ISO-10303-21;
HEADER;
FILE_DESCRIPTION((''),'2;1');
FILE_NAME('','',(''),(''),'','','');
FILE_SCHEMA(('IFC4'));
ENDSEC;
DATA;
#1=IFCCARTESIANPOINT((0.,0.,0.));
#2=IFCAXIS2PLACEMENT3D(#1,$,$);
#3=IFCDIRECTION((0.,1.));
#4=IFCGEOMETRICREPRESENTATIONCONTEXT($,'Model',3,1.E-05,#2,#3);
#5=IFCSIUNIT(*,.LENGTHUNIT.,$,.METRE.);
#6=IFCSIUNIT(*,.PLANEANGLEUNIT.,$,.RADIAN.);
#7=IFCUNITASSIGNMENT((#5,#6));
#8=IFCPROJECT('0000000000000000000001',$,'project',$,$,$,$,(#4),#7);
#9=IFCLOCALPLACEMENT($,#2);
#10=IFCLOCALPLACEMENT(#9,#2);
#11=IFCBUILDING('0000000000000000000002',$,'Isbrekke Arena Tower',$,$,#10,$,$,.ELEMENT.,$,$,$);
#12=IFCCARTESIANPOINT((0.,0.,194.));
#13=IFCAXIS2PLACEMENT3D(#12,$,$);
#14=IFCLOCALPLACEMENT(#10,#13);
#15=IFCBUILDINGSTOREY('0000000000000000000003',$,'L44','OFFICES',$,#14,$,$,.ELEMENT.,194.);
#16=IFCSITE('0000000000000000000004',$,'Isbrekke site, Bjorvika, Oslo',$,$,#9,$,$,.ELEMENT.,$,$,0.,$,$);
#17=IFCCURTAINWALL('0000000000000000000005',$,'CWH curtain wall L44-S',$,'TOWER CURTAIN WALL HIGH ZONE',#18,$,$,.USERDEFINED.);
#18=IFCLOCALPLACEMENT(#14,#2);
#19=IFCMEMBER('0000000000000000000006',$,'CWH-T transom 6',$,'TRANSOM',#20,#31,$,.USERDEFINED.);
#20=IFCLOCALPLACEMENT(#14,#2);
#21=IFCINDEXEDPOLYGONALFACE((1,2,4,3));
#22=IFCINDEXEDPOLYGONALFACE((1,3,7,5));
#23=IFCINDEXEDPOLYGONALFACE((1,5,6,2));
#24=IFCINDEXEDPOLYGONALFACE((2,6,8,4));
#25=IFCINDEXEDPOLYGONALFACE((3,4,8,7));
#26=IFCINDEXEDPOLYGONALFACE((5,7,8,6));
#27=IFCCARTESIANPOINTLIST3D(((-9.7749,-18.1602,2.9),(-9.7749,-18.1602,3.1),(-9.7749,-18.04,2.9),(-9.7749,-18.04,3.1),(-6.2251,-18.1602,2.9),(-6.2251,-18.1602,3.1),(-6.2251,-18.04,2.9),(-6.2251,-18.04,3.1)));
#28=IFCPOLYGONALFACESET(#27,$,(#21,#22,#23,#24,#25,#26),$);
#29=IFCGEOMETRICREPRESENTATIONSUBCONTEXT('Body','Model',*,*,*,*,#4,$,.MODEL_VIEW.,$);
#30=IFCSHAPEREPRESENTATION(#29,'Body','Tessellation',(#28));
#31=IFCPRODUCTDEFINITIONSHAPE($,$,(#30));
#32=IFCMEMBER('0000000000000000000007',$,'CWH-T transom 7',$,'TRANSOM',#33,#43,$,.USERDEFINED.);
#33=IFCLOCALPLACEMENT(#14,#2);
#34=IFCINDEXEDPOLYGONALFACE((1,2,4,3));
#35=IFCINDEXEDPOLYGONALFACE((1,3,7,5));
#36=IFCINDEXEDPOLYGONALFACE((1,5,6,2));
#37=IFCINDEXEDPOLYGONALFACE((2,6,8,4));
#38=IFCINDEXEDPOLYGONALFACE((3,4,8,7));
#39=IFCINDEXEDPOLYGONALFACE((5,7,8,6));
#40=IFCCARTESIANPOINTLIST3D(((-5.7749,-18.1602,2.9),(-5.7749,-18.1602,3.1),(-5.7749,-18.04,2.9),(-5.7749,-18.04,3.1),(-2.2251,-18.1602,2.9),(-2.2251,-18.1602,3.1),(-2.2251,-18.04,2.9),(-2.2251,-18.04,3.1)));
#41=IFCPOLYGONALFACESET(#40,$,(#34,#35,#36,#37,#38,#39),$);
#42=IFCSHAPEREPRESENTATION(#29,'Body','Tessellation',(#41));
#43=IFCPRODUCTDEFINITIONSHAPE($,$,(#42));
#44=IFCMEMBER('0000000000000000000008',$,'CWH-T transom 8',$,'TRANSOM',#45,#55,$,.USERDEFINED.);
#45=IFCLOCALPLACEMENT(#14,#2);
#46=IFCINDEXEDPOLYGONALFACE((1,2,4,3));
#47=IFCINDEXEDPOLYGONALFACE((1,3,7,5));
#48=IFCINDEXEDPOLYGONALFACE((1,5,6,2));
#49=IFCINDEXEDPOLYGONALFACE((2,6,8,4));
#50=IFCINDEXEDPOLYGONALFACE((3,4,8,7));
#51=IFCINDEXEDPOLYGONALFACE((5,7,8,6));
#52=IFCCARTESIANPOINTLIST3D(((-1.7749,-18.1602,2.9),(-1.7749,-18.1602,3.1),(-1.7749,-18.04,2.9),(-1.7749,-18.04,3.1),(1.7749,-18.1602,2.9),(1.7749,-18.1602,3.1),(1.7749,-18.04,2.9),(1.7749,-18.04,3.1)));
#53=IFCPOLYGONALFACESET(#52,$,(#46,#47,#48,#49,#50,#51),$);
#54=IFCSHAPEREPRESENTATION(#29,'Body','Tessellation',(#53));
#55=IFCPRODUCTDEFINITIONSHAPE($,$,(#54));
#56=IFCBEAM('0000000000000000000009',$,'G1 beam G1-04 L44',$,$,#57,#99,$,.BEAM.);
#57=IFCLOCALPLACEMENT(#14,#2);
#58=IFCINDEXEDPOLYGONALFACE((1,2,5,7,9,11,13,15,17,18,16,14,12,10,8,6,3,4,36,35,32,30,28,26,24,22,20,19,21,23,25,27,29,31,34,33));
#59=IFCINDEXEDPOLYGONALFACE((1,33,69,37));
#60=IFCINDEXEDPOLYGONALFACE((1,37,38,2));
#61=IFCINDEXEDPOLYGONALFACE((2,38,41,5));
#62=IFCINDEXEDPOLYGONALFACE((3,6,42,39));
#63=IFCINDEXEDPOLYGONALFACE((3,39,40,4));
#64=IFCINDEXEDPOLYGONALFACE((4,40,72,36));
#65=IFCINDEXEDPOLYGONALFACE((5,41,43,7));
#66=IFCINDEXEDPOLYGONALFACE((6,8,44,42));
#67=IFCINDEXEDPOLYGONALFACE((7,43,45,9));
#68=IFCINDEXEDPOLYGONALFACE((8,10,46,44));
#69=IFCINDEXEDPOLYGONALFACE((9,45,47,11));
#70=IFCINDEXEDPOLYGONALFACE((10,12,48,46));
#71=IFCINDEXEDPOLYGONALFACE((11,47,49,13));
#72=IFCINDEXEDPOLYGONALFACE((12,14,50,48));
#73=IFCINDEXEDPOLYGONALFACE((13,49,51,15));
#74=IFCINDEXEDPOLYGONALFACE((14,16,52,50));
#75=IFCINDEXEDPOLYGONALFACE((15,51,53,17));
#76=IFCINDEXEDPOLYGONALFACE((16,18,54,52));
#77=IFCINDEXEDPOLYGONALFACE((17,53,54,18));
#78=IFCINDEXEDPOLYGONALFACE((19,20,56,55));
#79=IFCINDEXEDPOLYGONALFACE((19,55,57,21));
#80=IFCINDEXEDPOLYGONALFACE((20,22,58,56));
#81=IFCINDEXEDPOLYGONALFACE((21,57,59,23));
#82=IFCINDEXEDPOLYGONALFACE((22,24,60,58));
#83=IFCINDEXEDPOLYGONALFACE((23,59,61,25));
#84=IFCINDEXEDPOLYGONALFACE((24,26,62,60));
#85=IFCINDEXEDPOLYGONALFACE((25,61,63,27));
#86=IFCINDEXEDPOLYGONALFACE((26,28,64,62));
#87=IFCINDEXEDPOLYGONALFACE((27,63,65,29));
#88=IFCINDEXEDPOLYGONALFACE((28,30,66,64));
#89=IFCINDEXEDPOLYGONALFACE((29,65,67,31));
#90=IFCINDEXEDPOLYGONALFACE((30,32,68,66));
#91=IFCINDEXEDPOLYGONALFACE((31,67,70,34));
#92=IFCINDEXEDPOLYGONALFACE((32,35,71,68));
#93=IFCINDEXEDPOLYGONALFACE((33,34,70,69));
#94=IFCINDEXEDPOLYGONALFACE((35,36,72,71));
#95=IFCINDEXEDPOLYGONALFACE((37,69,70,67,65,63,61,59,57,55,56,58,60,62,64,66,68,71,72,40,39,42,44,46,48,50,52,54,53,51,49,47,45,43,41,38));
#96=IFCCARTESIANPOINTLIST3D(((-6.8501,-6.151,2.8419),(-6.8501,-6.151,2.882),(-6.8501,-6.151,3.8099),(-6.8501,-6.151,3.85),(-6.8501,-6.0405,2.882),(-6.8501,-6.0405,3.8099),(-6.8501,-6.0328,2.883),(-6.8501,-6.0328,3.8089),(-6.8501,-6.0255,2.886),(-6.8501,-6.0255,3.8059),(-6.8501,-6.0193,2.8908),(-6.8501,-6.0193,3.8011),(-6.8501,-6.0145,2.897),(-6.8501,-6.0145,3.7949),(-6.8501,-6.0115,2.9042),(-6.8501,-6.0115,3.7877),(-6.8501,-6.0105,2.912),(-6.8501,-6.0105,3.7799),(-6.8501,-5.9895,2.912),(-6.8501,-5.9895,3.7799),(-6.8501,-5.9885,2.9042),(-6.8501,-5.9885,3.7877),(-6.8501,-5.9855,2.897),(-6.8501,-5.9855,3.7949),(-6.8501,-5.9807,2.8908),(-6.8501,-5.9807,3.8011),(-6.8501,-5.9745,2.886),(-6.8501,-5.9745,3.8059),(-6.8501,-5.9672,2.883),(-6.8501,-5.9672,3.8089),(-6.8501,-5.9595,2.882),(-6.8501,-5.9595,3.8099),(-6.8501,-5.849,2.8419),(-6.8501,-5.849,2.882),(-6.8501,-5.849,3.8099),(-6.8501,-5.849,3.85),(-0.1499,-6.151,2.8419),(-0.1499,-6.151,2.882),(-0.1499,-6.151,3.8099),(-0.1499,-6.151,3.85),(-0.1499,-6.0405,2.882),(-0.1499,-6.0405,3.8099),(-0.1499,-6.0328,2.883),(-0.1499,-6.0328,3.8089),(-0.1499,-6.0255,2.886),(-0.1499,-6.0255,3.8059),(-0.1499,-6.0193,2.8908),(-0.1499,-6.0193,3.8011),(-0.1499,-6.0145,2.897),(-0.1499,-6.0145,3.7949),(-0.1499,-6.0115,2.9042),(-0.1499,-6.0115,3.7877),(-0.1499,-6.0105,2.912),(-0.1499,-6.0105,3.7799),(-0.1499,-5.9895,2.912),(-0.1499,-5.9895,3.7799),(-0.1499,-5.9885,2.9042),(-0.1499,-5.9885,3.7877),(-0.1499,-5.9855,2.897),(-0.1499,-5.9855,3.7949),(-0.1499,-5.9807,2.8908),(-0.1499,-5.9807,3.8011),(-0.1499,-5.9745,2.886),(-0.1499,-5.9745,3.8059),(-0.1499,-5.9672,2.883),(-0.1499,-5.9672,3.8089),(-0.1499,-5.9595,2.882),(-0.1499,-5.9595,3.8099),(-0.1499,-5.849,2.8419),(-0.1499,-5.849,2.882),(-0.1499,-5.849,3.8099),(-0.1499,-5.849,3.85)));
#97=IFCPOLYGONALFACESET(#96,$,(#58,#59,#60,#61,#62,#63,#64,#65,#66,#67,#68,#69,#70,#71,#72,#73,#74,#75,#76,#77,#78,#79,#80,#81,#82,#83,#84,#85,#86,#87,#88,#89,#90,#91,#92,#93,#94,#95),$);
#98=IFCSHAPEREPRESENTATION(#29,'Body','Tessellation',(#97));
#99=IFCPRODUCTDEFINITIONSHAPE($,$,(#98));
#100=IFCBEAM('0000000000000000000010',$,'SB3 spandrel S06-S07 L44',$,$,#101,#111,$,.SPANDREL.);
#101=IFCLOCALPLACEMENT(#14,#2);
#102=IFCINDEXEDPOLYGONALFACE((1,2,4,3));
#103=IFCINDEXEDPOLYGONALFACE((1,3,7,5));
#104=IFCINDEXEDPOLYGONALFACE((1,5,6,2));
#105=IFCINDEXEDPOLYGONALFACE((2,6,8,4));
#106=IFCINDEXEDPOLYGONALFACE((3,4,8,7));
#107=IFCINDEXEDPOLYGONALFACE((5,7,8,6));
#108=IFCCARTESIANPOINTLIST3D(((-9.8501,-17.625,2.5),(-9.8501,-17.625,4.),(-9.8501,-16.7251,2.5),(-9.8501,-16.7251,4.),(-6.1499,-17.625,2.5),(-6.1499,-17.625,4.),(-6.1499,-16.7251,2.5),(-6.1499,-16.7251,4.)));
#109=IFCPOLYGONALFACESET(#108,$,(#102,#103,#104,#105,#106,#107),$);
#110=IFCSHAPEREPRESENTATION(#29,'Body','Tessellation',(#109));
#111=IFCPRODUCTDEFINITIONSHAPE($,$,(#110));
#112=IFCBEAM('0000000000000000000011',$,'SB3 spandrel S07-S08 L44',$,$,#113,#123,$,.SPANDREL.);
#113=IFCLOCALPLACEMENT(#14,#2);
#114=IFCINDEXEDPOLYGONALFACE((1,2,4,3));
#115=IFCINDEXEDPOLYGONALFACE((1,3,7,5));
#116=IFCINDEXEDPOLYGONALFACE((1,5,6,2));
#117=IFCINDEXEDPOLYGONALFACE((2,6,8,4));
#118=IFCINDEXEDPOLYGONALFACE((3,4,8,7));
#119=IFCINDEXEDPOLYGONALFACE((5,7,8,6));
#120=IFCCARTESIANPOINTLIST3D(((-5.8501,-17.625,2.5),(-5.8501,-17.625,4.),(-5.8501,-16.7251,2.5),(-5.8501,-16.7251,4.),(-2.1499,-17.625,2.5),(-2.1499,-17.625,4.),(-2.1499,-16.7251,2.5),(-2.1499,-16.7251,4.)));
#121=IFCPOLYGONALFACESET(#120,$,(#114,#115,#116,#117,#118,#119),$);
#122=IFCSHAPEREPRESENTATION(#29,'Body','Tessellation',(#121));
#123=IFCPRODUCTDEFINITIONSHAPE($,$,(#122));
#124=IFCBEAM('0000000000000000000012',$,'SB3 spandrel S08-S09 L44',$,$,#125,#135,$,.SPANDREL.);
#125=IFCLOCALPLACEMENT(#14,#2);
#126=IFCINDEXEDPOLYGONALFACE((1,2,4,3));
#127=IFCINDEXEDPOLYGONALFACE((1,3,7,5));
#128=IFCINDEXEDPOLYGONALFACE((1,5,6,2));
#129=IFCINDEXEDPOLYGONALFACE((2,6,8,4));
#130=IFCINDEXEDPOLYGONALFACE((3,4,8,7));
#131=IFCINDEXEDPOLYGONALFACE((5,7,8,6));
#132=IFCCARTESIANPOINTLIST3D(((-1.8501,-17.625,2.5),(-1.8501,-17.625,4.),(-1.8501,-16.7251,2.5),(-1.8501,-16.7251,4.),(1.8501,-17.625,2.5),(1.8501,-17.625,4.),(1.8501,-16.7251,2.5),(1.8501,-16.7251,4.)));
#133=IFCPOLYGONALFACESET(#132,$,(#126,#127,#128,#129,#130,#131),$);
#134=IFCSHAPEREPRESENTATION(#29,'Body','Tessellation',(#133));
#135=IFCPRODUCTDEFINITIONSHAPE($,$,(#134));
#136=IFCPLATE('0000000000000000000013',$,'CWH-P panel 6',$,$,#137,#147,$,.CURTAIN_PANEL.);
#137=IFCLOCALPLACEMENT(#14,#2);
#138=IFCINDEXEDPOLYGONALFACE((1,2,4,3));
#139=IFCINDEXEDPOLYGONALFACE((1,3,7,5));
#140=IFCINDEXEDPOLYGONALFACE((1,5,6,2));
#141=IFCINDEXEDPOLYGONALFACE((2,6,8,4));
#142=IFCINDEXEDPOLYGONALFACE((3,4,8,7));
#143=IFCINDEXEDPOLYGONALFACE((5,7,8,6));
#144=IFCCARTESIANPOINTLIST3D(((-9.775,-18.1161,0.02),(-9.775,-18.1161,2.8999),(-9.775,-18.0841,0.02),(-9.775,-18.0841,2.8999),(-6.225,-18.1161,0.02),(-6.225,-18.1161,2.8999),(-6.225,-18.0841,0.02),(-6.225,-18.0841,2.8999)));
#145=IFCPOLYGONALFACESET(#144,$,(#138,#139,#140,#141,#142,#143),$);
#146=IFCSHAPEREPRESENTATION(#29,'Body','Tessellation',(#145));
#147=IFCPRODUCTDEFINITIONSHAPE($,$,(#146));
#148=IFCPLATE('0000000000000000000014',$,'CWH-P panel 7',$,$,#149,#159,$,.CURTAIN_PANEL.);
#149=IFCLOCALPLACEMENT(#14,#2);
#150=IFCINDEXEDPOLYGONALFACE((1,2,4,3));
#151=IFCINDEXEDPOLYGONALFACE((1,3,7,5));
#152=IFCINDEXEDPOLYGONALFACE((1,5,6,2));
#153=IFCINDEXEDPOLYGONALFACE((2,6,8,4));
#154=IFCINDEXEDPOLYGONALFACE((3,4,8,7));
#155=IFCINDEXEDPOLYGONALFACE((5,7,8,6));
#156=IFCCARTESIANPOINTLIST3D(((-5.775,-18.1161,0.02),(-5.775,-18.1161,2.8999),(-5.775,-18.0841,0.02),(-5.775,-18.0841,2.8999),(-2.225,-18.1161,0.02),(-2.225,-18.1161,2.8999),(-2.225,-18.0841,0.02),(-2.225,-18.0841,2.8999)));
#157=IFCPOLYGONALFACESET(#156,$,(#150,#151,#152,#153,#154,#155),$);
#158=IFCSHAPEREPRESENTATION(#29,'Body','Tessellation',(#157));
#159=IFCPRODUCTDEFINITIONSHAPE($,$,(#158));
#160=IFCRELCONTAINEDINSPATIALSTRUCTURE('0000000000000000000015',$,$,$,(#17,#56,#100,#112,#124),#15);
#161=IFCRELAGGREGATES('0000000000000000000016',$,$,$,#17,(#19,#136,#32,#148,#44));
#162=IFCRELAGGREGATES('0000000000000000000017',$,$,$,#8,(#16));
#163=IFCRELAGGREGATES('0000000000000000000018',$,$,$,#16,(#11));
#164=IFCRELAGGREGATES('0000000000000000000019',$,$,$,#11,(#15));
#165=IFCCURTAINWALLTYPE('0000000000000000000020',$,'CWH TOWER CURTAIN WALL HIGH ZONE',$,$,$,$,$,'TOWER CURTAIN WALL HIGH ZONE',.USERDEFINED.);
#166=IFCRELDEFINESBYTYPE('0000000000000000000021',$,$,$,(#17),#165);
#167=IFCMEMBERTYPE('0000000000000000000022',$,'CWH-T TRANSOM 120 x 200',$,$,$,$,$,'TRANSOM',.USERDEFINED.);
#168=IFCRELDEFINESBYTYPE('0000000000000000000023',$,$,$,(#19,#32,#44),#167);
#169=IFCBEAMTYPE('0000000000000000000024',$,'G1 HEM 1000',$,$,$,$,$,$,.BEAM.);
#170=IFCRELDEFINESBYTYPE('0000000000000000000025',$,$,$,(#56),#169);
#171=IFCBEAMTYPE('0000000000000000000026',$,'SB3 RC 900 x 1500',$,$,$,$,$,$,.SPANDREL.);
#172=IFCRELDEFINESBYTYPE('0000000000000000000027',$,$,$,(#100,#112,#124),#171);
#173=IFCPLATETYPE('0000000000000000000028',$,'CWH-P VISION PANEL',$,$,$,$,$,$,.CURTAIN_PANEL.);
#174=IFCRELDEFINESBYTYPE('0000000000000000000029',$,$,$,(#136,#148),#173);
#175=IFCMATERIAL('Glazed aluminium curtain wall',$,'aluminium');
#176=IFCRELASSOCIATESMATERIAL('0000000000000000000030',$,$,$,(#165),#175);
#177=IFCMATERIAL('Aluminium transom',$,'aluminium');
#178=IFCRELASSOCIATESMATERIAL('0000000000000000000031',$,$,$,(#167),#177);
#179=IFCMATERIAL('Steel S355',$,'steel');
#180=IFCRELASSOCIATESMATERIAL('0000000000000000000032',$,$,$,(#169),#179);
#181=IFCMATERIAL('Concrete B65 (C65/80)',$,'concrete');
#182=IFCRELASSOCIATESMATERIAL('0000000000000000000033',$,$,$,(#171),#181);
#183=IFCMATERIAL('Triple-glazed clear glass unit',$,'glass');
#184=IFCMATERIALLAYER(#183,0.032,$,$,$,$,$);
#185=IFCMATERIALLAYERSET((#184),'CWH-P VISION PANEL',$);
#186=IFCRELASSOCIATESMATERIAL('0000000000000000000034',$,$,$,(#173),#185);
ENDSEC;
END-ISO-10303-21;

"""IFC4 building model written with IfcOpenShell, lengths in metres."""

from ifc_helpers import new_model, si_unit, direction, frame, origin, origin_2d, place, context, subcontext, project, spatial, rectangle, i_section, extrude, material, layer, layer_set, material_profile, profile_set, type_object, element, aggregate, save


model = new_model("IFC4")

# Units and contexts
model_context = context("Model", 3, precision=1e-05, world=origin(), true_north=direction((0.0, 1.0)))
body_context = subcontext(model_context, "Body", "Model", "MODEL_VIEW")
ifc_project = project(units=[si_unit("LENGTHUNIT", "METRE"), si_unit("PLANEANGLEUNIT", "RADIAN")], contexts=[model_context])

# Site, building, storey
site_placement = place(None, origin())
site = spatial("IfcSite", under=ifc_project, at=site_placement, Name="Isbrekke site, Bjorvika, Oslo", CompositionType="ELEMENT", RefElevation=0.0)
building_placement = place(site_placement, origin())
building = spatial("IfcBuilding", under=site, at=building_placement, Name="Isbrekke Arena Tower", CompositionType="ELEMENT")
storey_placement = place(building_placement, frame((0.0, 0.0, 194.0)))
storey = spatial("IfcBuildingStorey", under=building, at=storey_placement, Name="L44", Description="OFFICES", CompositionType="ELEMENT", Elevation=194.0)

# Curtain wall, members
ifc_material_1 = material(Name="Glazed aluminium curtain wall", Category="aluminium")
curtain_wall_type = type_object("IfcCurtainWallType", Name="CWH TOWER CURTAIN WALL HIGH ZONE", ElementType="TOWER CURTAIN WALL HIGH ZONE", PredefinedType="USERDEFINED", material=ifc_material_1)
curtain_wall_placement = place(storey_placement, origin())
curtain_wall = element("IfcCurtainWall", 1, at=curtain_wall_placement, inside=storey, type_object=curtain_wall_type, Name="CWH curtain wall L44-S", ObjectType="TOWER CURTAIN WALL HIGH ZONE", PredefinedType="USERDEFINED")
ifc_material_2 = material(Name="Aluminium transom", Category="aluminium")
ifc_material_profile_1 = material_profile(ifc_material_2, rectangle(XDim=0.1201, YDim=0.2, at=origin_2d()), Name="TRANSOM 120X200")
ifc_profile_set_1 = profile_set([ifc_material_profile_1], Name="Aluminium transom")
member_type_1 = type_object("IfcMemberType", Name="CWH-T TRANSOM 120 x 200", ElementType="TRANSOM", PredefinedType="USERDEFINED", material=ifc_profile_set_1)
member_1_placement = place(storey_placement, frame((-9.7749, -18.1001, 3.0), z_axis=(1.0, 0.0, 0.0), x_axis=(0.0, 1.0, 0.0)))
member_1 = element("IfcMember", 2, at=member_1_placement, type_object=member_type_1, Name="CWH-T transom 6", ObjectType="TRANSOM", PredefinedType="USERDEFINED", context=body_context, shape_type="SweptSolid", body=[
    extrude(rectangle(XDim=0.1201, YDim=0.2, at=origin_2d()), origin(), (0.0, 0.0, 1.0), 3.5498),
])
member_2_placement = place(storey_placement, frame((-5.7749, -18.1001, 3.0), z_axis=(1.0, 0.0, 0.0), x_axis=(0.0, 1.0, 0.0)))
member_2 = element("IfcMember", 3, at=member_2_placement, type_object=member_type_1, Name="CWH-T transom 7", ObjectType="TRANSOM", PredefinedType="USERDEFINED", context=body_context, shape_type="SweptSolid", body=[
    extrude(rectangle(XDim=0.1201, YDim=0.2, at=origin_2d()), origin(), (0.0, 0.0, 1.0), 3.5498),
])
member_3_placement = place(storey_placement, frame((-1.7749, -18.1001, 3.0), z_axis=(1.0, 0.0, 0.0), x_axis=(0.0, 1.0, 0.0)))
member_3 = element("IfcMember", 4, at=member_3_placement, type_object=member_type_1, Name="CWH-T transom 8", ObjectType="TRANSOM", PredefinedType="USERDEFINED", context=body_context, shape_type="SweptSolid", body=[
    extrude(rectangle(XDim=0.1201, YDim=0.2, at=origin_2d()), origin(), (0.0, 0.0, 1.0), 3.5498),
])

# Beams
ifc_material_3 = material(Name="Steel S355", Category="steel")
ifc_material_profile_2 = material_profile(ifc_material_3, i_section(OverallWidth=0.302, OverallDepth=1.0081, WebThickness=0.021, FlangeThickness=0.04, FilletRadius=0.03, at=origin_2d()), Name="HEM 1000")
ifc_profile_set_2 = profile_set([ifc_material_profile_2], Name="Steel S355")
beam_type_1 = type_object("IfcBeamType", Name="G1 HEM 1000", PredefinedType="BEAM", material=ifc_profile_set_2)
beam_1_placement = place(storey_placement, frame((-6.8501, -6.0, 3.3459), z_axis=(1.0, 0.0, 0.0), x_axis=(0.0, 1.0, 0.0)))
element("IfcBeam", 5, at=beam_1_placement, inside=storey, type_object=beam_type_1, Name="G1 beam G1-04 L44", PredefinedType="BEAM", context=body_context, shape_type="SweptSolid", body=[
    extrude(i_section(OverallWidth=0.302, OverallDepth=1.0081, WebThickness=0.021, FlangeThickness=0.04, FilletRadius=0.03, at=origin_2d()), origin(), (0.0, 0.0, 1.0), 6.7002),
])
ifc_material_4 = material(Name="Concrete B65 (C65/80)", Category="concrete")
ifc_material_profile_3 = material_profile(ifc_material_4, rectangle(XDim=0.8999, YDim=1.5, at=origin_2d()), Name="RC 900x1500")
ifc_profile_set_3 = profile_set([ifc_material_profile_3], Name="Concrete B65 (C65/80)")
beam_type_2 = type_object("IfcBeamType", Name="SB3 RC 900 x 1500", PredefinedType="SPANDREL", material=ifc_profile_set_3)
for number, where, z_axis, x_axis, name in (
    (6, (-9.8501, -17.175, 3.25), (1.0, 0.0, 0.0), (0.0, 1.0, 0.0), "SB3 spandrel S06-S07 L44"),
    (7, (-5.8501, -17.175, 3.25), (1.0, 0.0, 0.0), (0.0, 1.0, 0.0), "SB3 spandrel S07-S08 L44"),
    (8, (-1.8501, -17.175, 3.25), (1.0, 0.0, 0.0), (0.0, 1.0, 0.0), "SB3 spandrel S08-S09 L44"),
):
    element("IfcBeam", number, at=place(storey_placement, frame(where, z_axis=z_axis, x_axis=x_axis)), inside=storey, type_object=beam_type_2, Name=name, PredefinedType="SPANDREL", context=body_context, shape_type="SweptSolid", body=[
        extrude(rectangle(XDim=0.8999, YDim=1.5, at=origin_2d()), origin(), (0.0, 0.0, 1.0), 3.7002),
    ])

# Plates
ifc_material_5 = material(Name="Triple-glazed clear glass unit", Category="glass")
ifc_layer_1 = layer(ifc_material_5, 0.032)
ifc_layer_set_1 = layer_set([ifc_layer_1], Name="CWH-P VISION PANEL")
plate_type = type_object("IfcPlateType", Name="CWH-P VISION PANEL", PredefinedType="CURTAIN_PANEL", material=ifc_layer_set_1)
plate_1_placement = place(storey_placement, frame((-8.0, -18.1001, 0.02), z_axis=(0.0, 0.0, 1.0), x_axis=(1.0, 0.0, 0.0)))
plate_1 = element("IfcPlate", 9, at=plate_1_placement, type_object=plate_type, Name="CWH-P panel 6", PredefinedType="CURTAIN_PANEL", context=body_context, shape_type="SweptSolid", body=[
    extrude(rectangle(XDim=3.55, YDim=0.032, at=origin_2d()), origin(), (0.0, 0.0, 1.0), 2.8799),
])
plate_2_placement = place(storey_placement, frame((-4.0, -18.1001, 0.02), z_axis=(0.0, 0.0, 1.0), x_axis=(1.0, 0.0, 0.0)))
plate_2 = element("IfcPlate", 10, at=plate_2_placement, type_object=plate_type, Name="CWH-P panel 7", PredefinedType="CURTAIN_PANEL", context=body_context, shape_type="SweptSolid", body=[
    extrude(rectangle(XDim=3.55, YDim=0.032, at=origin_2d()), origin(), (0.0, 0.0, 1.0), 2.8799),
])
aggregate(curtain_wall, [member_1, plate_1, member_2, plate_2, member_3])

save(model, "model.ifc")
